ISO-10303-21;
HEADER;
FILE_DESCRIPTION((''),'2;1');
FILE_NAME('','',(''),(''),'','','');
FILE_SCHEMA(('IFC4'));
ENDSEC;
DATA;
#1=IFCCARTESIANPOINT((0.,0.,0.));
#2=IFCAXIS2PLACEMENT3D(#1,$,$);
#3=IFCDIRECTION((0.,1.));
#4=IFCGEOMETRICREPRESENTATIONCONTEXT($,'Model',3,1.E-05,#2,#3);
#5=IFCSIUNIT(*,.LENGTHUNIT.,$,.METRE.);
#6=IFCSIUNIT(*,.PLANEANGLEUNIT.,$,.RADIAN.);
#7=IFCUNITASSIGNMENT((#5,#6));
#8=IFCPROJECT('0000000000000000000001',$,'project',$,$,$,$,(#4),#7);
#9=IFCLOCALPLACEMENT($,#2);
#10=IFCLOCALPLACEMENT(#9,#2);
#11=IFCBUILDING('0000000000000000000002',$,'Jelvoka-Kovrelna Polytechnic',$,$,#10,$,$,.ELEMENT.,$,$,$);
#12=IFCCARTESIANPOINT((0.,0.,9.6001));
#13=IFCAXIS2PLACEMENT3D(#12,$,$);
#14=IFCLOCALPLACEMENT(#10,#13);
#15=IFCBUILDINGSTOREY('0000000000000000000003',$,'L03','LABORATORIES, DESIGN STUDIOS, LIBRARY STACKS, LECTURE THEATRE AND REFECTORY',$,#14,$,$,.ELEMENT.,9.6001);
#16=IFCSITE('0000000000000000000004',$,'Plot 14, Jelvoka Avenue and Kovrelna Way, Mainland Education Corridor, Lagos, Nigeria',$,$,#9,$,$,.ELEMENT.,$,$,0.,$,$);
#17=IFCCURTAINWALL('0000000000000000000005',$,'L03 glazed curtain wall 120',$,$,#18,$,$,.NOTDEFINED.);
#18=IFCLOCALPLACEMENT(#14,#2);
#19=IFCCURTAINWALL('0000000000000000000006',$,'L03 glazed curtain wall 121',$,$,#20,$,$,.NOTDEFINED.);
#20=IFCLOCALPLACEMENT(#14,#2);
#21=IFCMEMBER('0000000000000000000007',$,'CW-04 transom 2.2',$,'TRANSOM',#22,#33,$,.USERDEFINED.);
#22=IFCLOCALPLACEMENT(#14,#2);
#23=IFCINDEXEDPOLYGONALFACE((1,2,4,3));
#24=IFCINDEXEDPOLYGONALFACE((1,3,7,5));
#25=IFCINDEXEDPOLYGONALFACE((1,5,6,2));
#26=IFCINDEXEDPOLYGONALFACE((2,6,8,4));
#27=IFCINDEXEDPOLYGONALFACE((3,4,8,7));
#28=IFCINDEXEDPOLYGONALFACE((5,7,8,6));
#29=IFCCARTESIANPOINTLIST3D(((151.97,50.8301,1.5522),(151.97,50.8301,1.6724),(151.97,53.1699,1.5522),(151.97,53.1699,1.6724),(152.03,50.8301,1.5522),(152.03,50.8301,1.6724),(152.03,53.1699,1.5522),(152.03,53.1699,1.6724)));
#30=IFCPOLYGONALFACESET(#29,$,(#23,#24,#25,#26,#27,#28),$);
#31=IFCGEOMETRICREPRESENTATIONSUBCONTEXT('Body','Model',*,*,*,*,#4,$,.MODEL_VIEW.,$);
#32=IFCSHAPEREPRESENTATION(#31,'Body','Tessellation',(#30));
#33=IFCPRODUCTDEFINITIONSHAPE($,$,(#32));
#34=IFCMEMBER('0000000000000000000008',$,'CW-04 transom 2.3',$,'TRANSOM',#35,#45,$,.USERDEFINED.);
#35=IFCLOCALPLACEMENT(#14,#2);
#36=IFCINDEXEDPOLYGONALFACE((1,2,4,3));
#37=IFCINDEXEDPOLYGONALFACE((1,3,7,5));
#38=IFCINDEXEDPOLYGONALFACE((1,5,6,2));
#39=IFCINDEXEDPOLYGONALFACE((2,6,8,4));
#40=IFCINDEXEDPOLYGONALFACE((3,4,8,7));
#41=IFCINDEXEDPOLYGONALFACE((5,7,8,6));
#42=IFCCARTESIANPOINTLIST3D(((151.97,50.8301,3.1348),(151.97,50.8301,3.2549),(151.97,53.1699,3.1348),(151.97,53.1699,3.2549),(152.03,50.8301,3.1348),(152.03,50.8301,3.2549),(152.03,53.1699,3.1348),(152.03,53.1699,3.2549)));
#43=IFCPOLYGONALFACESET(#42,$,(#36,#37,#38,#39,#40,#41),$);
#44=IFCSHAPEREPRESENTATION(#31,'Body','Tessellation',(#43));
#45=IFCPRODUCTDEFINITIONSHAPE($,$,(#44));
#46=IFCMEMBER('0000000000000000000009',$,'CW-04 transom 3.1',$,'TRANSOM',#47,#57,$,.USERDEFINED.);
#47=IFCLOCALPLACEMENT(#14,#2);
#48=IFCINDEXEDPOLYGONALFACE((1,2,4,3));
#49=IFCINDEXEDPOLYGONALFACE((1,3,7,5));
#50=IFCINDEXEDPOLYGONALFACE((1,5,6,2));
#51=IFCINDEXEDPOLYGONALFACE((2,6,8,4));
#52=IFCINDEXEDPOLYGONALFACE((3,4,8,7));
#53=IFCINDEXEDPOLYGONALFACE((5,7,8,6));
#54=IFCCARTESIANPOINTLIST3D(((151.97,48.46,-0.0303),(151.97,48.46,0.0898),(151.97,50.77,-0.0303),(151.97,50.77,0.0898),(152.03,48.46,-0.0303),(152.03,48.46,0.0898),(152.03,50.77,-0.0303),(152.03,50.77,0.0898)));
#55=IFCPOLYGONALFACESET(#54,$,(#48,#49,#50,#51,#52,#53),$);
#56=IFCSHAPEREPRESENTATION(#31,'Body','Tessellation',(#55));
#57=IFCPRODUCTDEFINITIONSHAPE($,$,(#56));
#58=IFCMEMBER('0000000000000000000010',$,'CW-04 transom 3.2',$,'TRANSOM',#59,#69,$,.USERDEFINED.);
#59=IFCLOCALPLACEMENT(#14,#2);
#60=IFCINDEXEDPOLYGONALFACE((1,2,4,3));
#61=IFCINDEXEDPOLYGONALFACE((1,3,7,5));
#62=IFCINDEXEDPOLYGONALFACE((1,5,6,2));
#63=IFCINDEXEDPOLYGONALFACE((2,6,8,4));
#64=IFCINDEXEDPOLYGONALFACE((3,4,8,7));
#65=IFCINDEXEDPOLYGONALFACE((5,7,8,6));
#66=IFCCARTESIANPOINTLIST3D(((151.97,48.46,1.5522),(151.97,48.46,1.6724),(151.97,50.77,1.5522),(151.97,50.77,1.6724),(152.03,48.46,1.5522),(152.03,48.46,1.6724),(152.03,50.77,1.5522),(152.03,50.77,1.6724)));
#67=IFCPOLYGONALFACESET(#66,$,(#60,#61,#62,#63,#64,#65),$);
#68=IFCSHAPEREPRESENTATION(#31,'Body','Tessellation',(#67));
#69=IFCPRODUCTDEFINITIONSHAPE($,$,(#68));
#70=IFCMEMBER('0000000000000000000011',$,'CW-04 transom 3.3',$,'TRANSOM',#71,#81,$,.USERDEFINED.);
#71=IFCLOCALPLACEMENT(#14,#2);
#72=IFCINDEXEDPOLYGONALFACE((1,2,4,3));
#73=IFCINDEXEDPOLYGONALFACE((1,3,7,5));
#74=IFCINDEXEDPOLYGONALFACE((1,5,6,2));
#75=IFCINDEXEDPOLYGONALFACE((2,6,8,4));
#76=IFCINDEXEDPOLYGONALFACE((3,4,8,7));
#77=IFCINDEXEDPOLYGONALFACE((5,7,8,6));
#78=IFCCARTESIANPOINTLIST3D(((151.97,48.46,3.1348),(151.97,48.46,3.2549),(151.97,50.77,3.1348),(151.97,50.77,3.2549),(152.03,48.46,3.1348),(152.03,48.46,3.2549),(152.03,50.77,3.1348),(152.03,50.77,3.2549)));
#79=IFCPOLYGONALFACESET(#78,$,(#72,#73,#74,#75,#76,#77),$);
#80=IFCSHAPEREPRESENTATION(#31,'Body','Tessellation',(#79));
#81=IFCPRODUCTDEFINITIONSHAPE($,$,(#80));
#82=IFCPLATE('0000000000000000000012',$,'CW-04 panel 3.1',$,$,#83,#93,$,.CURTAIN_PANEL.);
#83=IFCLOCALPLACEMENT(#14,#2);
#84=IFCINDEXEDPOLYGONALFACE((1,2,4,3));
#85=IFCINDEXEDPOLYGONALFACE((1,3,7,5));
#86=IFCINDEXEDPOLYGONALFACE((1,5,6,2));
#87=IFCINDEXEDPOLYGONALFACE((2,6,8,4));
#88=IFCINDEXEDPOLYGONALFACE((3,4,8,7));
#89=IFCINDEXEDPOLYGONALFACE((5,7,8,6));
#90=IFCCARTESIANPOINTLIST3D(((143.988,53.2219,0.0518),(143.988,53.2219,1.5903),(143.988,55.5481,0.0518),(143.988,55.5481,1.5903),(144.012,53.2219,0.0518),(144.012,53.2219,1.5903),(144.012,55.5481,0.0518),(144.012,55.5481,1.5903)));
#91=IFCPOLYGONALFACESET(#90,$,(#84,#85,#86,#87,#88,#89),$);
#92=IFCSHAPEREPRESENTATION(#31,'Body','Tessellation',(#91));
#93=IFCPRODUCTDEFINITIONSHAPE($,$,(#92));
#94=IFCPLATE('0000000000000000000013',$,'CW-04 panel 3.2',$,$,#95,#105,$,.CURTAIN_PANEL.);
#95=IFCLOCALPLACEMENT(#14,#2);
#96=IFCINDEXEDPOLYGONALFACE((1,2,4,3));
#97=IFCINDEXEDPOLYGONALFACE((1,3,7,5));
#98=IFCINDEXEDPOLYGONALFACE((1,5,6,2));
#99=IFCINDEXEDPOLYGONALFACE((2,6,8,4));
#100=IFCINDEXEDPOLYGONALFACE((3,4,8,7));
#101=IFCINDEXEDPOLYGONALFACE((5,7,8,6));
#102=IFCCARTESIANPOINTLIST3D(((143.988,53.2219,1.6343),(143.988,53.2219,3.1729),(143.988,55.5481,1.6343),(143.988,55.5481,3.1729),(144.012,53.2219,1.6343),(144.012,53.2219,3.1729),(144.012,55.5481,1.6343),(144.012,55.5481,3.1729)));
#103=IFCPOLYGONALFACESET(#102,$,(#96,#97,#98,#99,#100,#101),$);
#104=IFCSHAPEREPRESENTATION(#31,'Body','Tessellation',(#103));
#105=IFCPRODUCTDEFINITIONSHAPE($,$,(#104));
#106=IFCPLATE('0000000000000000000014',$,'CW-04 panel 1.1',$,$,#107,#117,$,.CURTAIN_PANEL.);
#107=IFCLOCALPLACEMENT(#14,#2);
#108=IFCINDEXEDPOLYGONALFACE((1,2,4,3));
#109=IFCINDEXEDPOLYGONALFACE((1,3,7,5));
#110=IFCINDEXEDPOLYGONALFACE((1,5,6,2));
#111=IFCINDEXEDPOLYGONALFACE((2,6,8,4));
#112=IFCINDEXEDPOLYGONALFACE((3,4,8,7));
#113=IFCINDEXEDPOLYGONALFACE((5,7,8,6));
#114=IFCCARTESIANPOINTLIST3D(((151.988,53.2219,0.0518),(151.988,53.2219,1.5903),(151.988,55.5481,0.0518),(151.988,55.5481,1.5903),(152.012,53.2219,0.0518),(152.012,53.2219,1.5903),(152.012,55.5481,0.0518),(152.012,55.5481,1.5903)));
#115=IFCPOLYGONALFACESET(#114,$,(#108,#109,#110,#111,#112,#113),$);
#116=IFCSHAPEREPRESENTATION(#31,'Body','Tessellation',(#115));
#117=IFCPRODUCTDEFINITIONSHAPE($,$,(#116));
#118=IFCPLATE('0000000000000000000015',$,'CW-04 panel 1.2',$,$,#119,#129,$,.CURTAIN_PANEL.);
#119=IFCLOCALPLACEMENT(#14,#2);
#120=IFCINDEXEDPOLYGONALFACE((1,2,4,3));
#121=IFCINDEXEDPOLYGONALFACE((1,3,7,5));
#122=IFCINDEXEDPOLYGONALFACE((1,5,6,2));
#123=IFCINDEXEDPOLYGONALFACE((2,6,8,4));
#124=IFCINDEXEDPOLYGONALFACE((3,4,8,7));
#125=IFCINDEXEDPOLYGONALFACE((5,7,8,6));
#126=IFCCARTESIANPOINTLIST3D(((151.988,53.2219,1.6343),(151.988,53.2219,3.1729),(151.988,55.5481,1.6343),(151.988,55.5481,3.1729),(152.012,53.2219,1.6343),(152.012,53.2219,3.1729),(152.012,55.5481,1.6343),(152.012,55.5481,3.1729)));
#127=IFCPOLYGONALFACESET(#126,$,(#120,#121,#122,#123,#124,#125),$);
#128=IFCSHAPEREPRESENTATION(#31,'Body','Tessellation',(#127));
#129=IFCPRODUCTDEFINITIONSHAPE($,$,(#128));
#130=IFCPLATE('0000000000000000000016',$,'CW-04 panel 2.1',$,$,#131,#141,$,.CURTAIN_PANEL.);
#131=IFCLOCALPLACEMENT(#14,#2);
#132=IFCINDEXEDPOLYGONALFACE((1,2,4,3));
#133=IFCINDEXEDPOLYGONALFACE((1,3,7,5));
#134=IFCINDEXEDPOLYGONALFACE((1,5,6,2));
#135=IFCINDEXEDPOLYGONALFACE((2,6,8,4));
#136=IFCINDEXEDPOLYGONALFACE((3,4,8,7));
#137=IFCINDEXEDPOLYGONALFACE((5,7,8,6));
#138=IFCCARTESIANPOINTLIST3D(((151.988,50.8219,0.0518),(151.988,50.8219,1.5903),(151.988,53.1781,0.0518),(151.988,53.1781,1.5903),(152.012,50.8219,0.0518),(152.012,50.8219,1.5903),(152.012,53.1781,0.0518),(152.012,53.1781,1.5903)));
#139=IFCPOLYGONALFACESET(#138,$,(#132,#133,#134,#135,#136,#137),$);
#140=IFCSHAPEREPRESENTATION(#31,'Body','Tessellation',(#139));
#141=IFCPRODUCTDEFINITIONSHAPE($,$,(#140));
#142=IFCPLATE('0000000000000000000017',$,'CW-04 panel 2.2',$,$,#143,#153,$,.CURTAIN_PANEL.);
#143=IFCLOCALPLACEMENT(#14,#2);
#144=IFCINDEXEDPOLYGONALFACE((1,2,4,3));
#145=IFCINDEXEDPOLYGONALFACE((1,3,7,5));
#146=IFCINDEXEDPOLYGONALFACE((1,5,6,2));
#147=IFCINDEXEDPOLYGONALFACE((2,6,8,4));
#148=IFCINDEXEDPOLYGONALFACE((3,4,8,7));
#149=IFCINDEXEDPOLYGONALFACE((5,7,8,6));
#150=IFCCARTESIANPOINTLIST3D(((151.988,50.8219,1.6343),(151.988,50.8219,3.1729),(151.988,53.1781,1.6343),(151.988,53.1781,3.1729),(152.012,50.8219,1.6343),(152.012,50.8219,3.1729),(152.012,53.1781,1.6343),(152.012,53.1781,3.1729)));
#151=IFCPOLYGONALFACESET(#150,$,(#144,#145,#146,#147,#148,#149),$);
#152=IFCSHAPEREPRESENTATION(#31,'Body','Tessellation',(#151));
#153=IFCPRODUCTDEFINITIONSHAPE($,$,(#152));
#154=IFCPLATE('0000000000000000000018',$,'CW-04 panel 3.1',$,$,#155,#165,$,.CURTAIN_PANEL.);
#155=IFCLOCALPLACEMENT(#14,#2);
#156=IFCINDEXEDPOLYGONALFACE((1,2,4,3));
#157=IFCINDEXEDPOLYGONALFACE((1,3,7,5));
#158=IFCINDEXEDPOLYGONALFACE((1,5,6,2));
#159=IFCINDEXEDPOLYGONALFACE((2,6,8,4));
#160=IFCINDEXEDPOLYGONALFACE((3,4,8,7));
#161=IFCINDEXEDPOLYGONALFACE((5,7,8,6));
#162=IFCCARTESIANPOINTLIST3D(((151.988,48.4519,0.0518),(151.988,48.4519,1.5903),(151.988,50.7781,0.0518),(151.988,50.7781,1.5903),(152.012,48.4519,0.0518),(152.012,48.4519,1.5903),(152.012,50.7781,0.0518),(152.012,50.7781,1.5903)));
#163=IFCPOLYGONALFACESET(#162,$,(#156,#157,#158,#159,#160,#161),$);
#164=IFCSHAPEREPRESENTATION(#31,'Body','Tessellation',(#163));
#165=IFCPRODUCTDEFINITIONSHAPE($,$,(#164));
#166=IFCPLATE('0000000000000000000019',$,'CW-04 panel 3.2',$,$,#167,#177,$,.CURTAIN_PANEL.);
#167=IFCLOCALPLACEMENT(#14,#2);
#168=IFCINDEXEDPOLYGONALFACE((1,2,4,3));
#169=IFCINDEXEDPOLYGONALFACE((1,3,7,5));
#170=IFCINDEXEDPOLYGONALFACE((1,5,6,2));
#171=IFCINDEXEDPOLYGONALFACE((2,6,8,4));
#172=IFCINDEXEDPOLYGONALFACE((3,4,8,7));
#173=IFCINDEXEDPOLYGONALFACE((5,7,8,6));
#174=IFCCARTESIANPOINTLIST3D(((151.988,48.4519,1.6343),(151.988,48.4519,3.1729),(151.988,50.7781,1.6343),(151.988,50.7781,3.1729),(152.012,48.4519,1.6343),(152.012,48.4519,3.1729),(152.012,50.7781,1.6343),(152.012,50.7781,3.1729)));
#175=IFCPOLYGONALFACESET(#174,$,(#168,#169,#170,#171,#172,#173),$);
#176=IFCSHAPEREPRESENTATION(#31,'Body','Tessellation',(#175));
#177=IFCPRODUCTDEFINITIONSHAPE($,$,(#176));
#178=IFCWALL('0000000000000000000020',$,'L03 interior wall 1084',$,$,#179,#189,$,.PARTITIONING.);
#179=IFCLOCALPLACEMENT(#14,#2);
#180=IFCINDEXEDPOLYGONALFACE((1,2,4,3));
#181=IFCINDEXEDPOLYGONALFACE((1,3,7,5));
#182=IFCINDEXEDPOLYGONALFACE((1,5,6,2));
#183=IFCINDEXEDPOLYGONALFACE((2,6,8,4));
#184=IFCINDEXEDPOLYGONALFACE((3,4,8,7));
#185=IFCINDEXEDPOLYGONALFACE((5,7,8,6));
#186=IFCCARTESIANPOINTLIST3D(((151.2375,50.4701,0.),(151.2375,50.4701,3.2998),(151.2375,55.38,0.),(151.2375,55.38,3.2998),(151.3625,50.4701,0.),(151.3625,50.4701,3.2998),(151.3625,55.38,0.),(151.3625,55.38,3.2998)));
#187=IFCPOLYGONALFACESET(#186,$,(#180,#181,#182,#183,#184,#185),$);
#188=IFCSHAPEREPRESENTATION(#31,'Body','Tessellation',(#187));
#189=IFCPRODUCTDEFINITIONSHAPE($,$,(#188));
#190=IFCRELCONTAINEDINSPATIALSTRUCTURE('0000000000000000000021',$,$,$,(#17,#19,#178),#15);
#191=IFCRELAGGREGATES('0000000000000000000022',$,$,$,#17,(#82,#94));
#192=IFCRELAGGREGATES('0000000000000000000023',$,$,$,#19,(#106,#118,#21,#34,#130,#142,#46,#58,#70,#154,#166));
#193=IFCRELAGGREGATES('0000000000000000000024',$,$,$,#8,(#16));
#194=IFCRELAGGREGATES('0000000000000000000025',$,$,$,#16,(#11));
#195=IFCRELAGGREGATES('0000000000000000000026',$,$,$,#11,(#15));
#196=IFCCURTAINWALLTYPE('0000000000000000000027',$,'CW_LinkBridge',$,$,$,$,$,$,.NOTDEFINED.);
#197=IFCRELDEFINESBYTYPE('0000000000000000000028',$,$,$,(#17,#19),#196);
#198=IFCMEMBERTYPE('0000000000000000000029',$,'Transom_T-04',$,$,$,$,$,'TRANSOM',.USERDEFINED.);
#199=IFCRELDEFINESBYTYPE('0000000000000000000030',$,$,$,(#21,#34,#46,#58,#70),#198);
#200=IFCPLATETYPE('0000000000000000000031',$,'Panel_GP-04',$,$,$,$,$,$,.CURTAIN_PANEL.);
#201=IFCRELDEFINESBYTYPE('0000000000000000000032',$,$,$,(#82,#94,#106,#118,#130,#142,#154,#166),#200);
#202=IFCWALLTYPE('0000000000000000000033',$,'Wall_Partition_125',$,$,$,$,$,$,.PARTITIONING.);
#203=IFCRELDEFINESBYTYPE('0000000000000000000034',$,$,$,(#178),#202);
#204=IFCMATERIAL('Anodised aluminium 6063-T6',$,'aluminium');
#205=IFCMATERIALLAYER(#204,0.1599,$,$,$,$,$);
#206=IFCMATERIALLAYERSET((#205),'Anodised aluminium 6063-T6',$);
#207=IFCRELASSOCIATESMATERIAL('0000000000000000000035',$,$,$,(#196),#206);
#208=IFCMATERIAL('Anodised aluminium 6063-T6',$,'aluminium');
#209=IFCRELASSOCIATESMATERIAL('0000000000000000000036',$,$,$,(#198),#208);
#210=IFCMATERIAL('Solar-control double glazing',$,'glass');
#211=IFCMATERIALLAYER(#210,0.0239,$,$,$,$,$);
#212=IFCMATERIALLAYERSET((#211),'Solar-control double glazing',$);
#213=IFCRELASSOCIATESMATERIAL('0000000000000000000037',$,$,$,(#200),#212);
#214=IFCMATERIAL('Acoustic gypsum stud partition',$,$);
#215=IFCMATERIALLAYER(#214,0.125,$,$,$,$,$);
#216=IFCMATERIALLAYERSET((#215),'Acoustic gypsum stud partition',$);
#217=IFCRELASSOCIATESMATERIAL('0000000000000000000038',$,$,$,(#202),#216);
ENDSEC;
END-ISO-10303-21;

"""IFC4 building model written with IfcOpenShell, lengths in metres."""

from ifc_helpers import new_model, si_unit, direction, frame, frame_2d, origin, origin_2d, place, context, subcontext, project, spatial, rectangle, extrude, material, layer, layer_set, material_profile, profile_set, type_object, element, aggregate, save


model = new_model("IFC4")

# Units and contexts
model_context = context("Model", 3, precision=1e-05, world=origin(), true_north=direction((0.0, 1.0)))
body_context = subcontext(model_context, "Body", "Model", "MODEL_VIEW")
ifc_project = project(units=[si_unit("LENGTHUNIT", "METRE"), si_unit("PLANEANGLEUNIT", "RADIAN")], contexts=[model_context])

# Site, building, storey
site_placement = place(None, origin())
site = spatial("IfcSite", under=ifc_project, at=site_placement, Name="Plot 14, Jelvoka Avenue and Kovrelna Way, Mainland Education Corridor, Lagos, Nigeria", CompositionType="ELEMENT", RefElevation=0.0)
building_placement = place(site_placement, origin())
building = spatial("IfcBuilding", under=site, at=building_placement, Name="Jelvoka-Kovrelna Polytechnic", CompositionType="ELEMENT")
storey_placement = place(building_placement, frame((0.0, 0.0, 9.6001)))
storey = spatial("IfcBuildingStorey", under=building, at=storey_placement, Name="L03", Description="LABORATORIES, DESIGN STUDIOS, LIBRARY STACKS, LECTURE THEATRE AND REFECTORY", CompositionType="ELEMENT", Elevation=9.6001)

# Curtain wall
ifc_material_1 = material(Name="Anodised aluminium 6063-T6", Category="aluminium")
ifc_layer_1 = layer(ifc_material_1, 0.1599)
ifc_layer_set_1 = layer_set([ifc_layer_1], Name="Anodised aluminium 6063-T6")
curtain_wall_type = type_object("IfcCurtainWallType", Name="CW_LinkBridge", PredefinedType="NOTDEFINED", material=ifc_layer_set_1)
curtain_wall_1_placement = place(storey_placement, origin())
curtain_wall_1 = element("IfcCurtainWall", 1, at=curtain_wall_1_placement, inside=storey, type_object=curtain_wall_type, Name="L03 glazed curtain wall 120", PredefinedType="NOTDEFINED")

# Curtain wall
curtain_wall_2_placement = place(storey_placement, origin())
curtain_wall_2 = element("IfcCurtainWall", 2, at=curtain_wall_2_placement, inside=storey, type_object=curtain_wall_type, Name="L03 glazed curtain wall 121", PredefinedType="NOTDEFINED")

# Members
ifc_material_2 = material(Name="Anodised aluminium 6063-T6", Category="aluminium")
ifc_material_profile_1 = material_profile(ifc_material_2, rectangle(XDim=0.0601, YDim=0.1201, at=origin_2d()), Name="ALU 60x120")
ifc_profile_set_1 = profile_set([ifc_material_profile_1], Name="Anodised aluminium 6063-T6")
member_type_1 = type_object("IfcMemberType", Name="Transom_T-04", ElementType="TRANSOM", PredefinedType="USERDEFINED", material=ifc_profile_set_1)
member_1_placement = place(storey_placement, frame((152.0, 53.1699, 1.6123), z_axis=(0.0, -1.0, 0.0), x_axis=(1.0, 0.0, 0.0)))
member_1 = element("IfcMember", 3, at=member_1_placement, type_object=member_type_1, Name="CW-04 transom 2.2", ObjectType="TRANSOM", PredefinedType="USERDEFINED", context=body_context, shape_type="SweptSolid", body=[
    extrude(rectangle(XDim=0.0601, YDim=0.1201, at=origin_2d()), origin(), (0.0, 0.0, 1.0), 2.3398),
])
member_2_placement = place(storey_placement, frame((152.0, 53.1699, 3.1948), z_axis=(0.0, -1.0, 0.0), x_axis=(1.0, 0.0, 0.0)))
member_2 = element("IfcMember", 4, at=member_2_placement, type_object=member_type_1, Name="CW-04 transom 2.3", ObjectType="TRANSOM", PredefinedType="USERDEFINED", context=body_context, shape_type="SweptSolid", body=[
    extrude(rectangle(XDim=0.0601, YDim=0.1201, at=origin_2d()), origin(), (0.0, 0.0, 1.0), 2.3398),
])
member_3_placement = place(storey_placement, frame((152.0, 50.77, 0.0298), z_axis=(0.0, -1.0, 0.0), x_axis=(1.0, 0.0, 0.0)))
member_3 = element("IfcMember", 5, at=member_3_placement, type_object=member_type_1, Name="CW-04 transom 3.1", ObjectType="TRANSOM", PredefinedType="USERDEFINED", context=body_context, shape_type="SweptSolid", body=[
    extrude(rectangle(XDim=0.0601, YDim=0.1201, at=origin_2d()), origin(), (0.0, 0.0, 1.0), 2.3101),
])
member_4_placement = place(storey_placement, frame((152.0, 50.77, 1.6123), z_axis=(0.0, -1.0, 0.0), x_axis=(1.0, 0.0, 0.0)))
member_4 = element("IfcMember", 6, at=member_4_placement, type_object=member_type_1, Name="CW-04 transom 3.2", ObjectType="TRANSOM", PredefinedType="USERDEFINED", context=body_context, shape_type="SweptSolid", body=[
    extrude(rectangle(XDim=0.0601, YDim=0.1201, at=origin_2d()), origin(), (0.0, 0.0, 1.0), 2.3101),
])
member_5_placement = place(storey_placement, frame((152.0, 50.77, 3.1948), z_axis=(0.0, -1.0, 0.0), x_axis=(1.0, 0.0, 0.0)))
member_5 = element("IfcMember", 7, at=member_5_placement, type_object=member_type_1, Name="CW-04 transom 3.3", ObjectType="TRANSOM", PredefinedType="USERDEFINED", context=body_context, shape_type="SweptSolid", body=[
    extrude(rectangle(XDim=0.0601, YDim=0.1201, at=origin_2d()), origin(), (0.0, 0.0, 1.0), 2.3101),
])

# Plates
ifc_material_3 = material(Name="Solar-control double glazing", Category="glass")
ifc_layer_2 = layer(ifc_material_3, 0.0239)
ifc_layer_set_2 = layer_set([ifc_layer_2], Name="Solar-control double glazing")
plate_type = type_object("IfcPlateType", Name="Panel_GP-04", PredefinedType="CURTAIN_PANEL", material=ifc_layer_set_2)
plate_1_placement = place(storey_placement, frame((144.0, 54.385, 0.0518), z_axis=(0.0, 0.0, 1.0), x_axis=(0.0, 1.0, 0.0)))
plate_1 = element("IfcPlate", 8, at=plate_1_placement, type_object=plate_type, Name="CW-04 panel 3.1", PredefinedType="CURTAIN_PANEL", context=body_context, shape_type="SweptSolid", body=[
    extrude(rectangle(XDim=2.3262, YDim=0.0239, at=origin_2d()), origin(), (0.0, 0.0, 1.0), 1.5386),
])
plate_2_placement = place(storey_placement, frame((144.0, 54.385, 1.6343), z_axis=(0.0, 0.0, 1.0), x_axis=(0.0, 1.0, 0.0)))
plate_2 = element("IfcPlate", 9, at=plate_2_placement, type_object=plate_type, Name="CW-04 panel 3.2", PredefinedType="CURTAIN_PANEL", context=body_context, shape_type="SweptSolid", body=[
    extrude(rectangle(XDim=2.3262, YDim=0.0239, at=origin_2d()), origin(), (0.0, 0.0, 1.0), 1.5386),
])
aggregate(curtain_wall_1, [plate_1, plate_2])
plate_3_placement = place(storey_placement, frame((152.0, 54.385, 0.0518), z_axis=(0.0, 0.0, 1.0), x_axis=(0.0, -1.0, 0.0)))
plate_3 = element("IfcPlate", 10, at=plate_3_placement, type_object=plate_type, Name="CW-04 panel 1.1", PredefinedType="CURTAIN_PANEL", context=body_context, shape_type="SweptSolid", body=[
    extrude(rectangle(XDim=2.3262, YDim=0.0239, at=origin_2d()), origin(), (0.0, 0.0, 1.0), 1.5386),
])
plate_4_placement = place(storey_placement, frame((152.0, 54.385, 1.6343), z_axis=(0.0, 0.0, 1.0), x_axis=(0.0, -1.0, 0.0)))
plate_4 = element("IfcPlate", 11, at=plate_4_placement, type_object=plate_type, Name="CW-04 panel 1.2", PredefinedType="CURTAIN_PANEL", context=body_context, shape_type="SweptSolid", body=[
    extrude(rectangle(XDim=2.3262, YDim=0.0239, at=origin_2d()), origin(), (0.0, 0.0, 1.0), 1.5386),
])
plate_5_placement = place(storey_placement, frame((152.0, 52.0, 0.0518), z_axis=(0.0, 0.0, 1.0), x_axis=(0.0, -1.0, 0.0)))
plate_5 = element("IfcPlate", 12, at=plate_5_placement, type_object=plate_type, Name="CW-04 panel 2.1", PredefinedType="CURTAIN_PANEL", context=body_context, shape_type="SweptSolid", body=[
    extrude(rectangle(XDim=2.3562, YDim=0.0239, at=origin_2d()), origin(), (0.0, 0.0, 1.0), 1.5386),
])
plate_6_placement = place(storey_placement, frame((152.0, 52.0, 1.6343), z_axis=(0.0, 0.0, 1.0), x_axis=(0.0, -1.0, 0.0)))
plate_6 = element("IfcPlate", 13, at=plate_6_placement, type_object=plate_type, Name="CW-04 panel 2.2", PredefinedType="CURTAIN_PANEL", context=body_context, shape_type="SweptSolid", body=[
    extrude(rectangle(XDim=2.3562, YDim=0.0239, at=origin_2d()), origin(), (0.0, 0.0, 1.0), 1.5386),
])
plate_7_placement = place(storey_placement, frame((152.0, 49.615, 0.0518), z_axis=(0.0, 0.0, 1.0), x_axis=(0.0, -1.0, 0.0)))
plate_7 = element("IfcPlate", 14, at=plate_7_placement, type_object=plate_type, Name="CW-04 panel 3.1", PredefinedType="CURTAIN_PANEL", context=body_context, shape_type="SweptSolid", body=[
    extrude(rectangle(XDim=2.3262, YDim=0.0239, at=origin_2d()), origin(), (0.0, 0.0, 1.0), 1.5386),
])
plate_8_placement = place(storey_placement, frame((152.0, 49.615, 1.6343), z_axis=(0.0, 0.0, 1.0), x_axis=(0.0, -1.0, 0.0)))
plate_8 = element("IfcPlate", 15, at=plate_8_placement, type_object=plate_type, Name="CW-04 panel 3.2", PredefinedType="CURTAIN_PANEL", context=body_context, shape_type="SweptSolid", body=[
    extrude(rectangle(XDim=2.3262, YDim=0.0239, at=origin_2d()), origin(), (0.0, 0.0, 1.0), 1.5386),
])
aggregate(curtain_wall_2, [plate_3, plate_4, member_1, member_2, plate_5, plate_6, member_3, member_4, member_5, plate_7, plate_8])

# Wall
ifc_material_4 = material(Name="Acoustic gypsum stud partition")
ifc_layer_3 = layer(ifc_material_4, 0.125)
ifc_layer_set_3 = layer_set([ifc_layer_3], Name="Acoustic gypsum stud partition")
wall_type_1 = type_object("IfcWallType", Name="Wall_Partition_125", PredefinedType="PARTITIONING", material=ifc_layer_set_3)
wall_placement = place(storey_placement, frame((151.3, 50.47, 0.0), z_axis=(0.0, 0.0, 1.0), x_axis=(0.0, 1.0, 0.0)))
element("IfcWall", 16, at=wall_placement, inside=storey, type_object=wall_type_1, Name="L03 interior wall 1084", PredefinedType="PARTITIONING", context=body_context, shape_type="SweptSolid", body=[
    extrude(rectangle(XDim=4.9099, YDim=0.125, at=frame_2d((2.4551, 0.0))), origin(), (0.0, 0.0, 1.0), 3.2998),
])

save(model, "model.ifc")
